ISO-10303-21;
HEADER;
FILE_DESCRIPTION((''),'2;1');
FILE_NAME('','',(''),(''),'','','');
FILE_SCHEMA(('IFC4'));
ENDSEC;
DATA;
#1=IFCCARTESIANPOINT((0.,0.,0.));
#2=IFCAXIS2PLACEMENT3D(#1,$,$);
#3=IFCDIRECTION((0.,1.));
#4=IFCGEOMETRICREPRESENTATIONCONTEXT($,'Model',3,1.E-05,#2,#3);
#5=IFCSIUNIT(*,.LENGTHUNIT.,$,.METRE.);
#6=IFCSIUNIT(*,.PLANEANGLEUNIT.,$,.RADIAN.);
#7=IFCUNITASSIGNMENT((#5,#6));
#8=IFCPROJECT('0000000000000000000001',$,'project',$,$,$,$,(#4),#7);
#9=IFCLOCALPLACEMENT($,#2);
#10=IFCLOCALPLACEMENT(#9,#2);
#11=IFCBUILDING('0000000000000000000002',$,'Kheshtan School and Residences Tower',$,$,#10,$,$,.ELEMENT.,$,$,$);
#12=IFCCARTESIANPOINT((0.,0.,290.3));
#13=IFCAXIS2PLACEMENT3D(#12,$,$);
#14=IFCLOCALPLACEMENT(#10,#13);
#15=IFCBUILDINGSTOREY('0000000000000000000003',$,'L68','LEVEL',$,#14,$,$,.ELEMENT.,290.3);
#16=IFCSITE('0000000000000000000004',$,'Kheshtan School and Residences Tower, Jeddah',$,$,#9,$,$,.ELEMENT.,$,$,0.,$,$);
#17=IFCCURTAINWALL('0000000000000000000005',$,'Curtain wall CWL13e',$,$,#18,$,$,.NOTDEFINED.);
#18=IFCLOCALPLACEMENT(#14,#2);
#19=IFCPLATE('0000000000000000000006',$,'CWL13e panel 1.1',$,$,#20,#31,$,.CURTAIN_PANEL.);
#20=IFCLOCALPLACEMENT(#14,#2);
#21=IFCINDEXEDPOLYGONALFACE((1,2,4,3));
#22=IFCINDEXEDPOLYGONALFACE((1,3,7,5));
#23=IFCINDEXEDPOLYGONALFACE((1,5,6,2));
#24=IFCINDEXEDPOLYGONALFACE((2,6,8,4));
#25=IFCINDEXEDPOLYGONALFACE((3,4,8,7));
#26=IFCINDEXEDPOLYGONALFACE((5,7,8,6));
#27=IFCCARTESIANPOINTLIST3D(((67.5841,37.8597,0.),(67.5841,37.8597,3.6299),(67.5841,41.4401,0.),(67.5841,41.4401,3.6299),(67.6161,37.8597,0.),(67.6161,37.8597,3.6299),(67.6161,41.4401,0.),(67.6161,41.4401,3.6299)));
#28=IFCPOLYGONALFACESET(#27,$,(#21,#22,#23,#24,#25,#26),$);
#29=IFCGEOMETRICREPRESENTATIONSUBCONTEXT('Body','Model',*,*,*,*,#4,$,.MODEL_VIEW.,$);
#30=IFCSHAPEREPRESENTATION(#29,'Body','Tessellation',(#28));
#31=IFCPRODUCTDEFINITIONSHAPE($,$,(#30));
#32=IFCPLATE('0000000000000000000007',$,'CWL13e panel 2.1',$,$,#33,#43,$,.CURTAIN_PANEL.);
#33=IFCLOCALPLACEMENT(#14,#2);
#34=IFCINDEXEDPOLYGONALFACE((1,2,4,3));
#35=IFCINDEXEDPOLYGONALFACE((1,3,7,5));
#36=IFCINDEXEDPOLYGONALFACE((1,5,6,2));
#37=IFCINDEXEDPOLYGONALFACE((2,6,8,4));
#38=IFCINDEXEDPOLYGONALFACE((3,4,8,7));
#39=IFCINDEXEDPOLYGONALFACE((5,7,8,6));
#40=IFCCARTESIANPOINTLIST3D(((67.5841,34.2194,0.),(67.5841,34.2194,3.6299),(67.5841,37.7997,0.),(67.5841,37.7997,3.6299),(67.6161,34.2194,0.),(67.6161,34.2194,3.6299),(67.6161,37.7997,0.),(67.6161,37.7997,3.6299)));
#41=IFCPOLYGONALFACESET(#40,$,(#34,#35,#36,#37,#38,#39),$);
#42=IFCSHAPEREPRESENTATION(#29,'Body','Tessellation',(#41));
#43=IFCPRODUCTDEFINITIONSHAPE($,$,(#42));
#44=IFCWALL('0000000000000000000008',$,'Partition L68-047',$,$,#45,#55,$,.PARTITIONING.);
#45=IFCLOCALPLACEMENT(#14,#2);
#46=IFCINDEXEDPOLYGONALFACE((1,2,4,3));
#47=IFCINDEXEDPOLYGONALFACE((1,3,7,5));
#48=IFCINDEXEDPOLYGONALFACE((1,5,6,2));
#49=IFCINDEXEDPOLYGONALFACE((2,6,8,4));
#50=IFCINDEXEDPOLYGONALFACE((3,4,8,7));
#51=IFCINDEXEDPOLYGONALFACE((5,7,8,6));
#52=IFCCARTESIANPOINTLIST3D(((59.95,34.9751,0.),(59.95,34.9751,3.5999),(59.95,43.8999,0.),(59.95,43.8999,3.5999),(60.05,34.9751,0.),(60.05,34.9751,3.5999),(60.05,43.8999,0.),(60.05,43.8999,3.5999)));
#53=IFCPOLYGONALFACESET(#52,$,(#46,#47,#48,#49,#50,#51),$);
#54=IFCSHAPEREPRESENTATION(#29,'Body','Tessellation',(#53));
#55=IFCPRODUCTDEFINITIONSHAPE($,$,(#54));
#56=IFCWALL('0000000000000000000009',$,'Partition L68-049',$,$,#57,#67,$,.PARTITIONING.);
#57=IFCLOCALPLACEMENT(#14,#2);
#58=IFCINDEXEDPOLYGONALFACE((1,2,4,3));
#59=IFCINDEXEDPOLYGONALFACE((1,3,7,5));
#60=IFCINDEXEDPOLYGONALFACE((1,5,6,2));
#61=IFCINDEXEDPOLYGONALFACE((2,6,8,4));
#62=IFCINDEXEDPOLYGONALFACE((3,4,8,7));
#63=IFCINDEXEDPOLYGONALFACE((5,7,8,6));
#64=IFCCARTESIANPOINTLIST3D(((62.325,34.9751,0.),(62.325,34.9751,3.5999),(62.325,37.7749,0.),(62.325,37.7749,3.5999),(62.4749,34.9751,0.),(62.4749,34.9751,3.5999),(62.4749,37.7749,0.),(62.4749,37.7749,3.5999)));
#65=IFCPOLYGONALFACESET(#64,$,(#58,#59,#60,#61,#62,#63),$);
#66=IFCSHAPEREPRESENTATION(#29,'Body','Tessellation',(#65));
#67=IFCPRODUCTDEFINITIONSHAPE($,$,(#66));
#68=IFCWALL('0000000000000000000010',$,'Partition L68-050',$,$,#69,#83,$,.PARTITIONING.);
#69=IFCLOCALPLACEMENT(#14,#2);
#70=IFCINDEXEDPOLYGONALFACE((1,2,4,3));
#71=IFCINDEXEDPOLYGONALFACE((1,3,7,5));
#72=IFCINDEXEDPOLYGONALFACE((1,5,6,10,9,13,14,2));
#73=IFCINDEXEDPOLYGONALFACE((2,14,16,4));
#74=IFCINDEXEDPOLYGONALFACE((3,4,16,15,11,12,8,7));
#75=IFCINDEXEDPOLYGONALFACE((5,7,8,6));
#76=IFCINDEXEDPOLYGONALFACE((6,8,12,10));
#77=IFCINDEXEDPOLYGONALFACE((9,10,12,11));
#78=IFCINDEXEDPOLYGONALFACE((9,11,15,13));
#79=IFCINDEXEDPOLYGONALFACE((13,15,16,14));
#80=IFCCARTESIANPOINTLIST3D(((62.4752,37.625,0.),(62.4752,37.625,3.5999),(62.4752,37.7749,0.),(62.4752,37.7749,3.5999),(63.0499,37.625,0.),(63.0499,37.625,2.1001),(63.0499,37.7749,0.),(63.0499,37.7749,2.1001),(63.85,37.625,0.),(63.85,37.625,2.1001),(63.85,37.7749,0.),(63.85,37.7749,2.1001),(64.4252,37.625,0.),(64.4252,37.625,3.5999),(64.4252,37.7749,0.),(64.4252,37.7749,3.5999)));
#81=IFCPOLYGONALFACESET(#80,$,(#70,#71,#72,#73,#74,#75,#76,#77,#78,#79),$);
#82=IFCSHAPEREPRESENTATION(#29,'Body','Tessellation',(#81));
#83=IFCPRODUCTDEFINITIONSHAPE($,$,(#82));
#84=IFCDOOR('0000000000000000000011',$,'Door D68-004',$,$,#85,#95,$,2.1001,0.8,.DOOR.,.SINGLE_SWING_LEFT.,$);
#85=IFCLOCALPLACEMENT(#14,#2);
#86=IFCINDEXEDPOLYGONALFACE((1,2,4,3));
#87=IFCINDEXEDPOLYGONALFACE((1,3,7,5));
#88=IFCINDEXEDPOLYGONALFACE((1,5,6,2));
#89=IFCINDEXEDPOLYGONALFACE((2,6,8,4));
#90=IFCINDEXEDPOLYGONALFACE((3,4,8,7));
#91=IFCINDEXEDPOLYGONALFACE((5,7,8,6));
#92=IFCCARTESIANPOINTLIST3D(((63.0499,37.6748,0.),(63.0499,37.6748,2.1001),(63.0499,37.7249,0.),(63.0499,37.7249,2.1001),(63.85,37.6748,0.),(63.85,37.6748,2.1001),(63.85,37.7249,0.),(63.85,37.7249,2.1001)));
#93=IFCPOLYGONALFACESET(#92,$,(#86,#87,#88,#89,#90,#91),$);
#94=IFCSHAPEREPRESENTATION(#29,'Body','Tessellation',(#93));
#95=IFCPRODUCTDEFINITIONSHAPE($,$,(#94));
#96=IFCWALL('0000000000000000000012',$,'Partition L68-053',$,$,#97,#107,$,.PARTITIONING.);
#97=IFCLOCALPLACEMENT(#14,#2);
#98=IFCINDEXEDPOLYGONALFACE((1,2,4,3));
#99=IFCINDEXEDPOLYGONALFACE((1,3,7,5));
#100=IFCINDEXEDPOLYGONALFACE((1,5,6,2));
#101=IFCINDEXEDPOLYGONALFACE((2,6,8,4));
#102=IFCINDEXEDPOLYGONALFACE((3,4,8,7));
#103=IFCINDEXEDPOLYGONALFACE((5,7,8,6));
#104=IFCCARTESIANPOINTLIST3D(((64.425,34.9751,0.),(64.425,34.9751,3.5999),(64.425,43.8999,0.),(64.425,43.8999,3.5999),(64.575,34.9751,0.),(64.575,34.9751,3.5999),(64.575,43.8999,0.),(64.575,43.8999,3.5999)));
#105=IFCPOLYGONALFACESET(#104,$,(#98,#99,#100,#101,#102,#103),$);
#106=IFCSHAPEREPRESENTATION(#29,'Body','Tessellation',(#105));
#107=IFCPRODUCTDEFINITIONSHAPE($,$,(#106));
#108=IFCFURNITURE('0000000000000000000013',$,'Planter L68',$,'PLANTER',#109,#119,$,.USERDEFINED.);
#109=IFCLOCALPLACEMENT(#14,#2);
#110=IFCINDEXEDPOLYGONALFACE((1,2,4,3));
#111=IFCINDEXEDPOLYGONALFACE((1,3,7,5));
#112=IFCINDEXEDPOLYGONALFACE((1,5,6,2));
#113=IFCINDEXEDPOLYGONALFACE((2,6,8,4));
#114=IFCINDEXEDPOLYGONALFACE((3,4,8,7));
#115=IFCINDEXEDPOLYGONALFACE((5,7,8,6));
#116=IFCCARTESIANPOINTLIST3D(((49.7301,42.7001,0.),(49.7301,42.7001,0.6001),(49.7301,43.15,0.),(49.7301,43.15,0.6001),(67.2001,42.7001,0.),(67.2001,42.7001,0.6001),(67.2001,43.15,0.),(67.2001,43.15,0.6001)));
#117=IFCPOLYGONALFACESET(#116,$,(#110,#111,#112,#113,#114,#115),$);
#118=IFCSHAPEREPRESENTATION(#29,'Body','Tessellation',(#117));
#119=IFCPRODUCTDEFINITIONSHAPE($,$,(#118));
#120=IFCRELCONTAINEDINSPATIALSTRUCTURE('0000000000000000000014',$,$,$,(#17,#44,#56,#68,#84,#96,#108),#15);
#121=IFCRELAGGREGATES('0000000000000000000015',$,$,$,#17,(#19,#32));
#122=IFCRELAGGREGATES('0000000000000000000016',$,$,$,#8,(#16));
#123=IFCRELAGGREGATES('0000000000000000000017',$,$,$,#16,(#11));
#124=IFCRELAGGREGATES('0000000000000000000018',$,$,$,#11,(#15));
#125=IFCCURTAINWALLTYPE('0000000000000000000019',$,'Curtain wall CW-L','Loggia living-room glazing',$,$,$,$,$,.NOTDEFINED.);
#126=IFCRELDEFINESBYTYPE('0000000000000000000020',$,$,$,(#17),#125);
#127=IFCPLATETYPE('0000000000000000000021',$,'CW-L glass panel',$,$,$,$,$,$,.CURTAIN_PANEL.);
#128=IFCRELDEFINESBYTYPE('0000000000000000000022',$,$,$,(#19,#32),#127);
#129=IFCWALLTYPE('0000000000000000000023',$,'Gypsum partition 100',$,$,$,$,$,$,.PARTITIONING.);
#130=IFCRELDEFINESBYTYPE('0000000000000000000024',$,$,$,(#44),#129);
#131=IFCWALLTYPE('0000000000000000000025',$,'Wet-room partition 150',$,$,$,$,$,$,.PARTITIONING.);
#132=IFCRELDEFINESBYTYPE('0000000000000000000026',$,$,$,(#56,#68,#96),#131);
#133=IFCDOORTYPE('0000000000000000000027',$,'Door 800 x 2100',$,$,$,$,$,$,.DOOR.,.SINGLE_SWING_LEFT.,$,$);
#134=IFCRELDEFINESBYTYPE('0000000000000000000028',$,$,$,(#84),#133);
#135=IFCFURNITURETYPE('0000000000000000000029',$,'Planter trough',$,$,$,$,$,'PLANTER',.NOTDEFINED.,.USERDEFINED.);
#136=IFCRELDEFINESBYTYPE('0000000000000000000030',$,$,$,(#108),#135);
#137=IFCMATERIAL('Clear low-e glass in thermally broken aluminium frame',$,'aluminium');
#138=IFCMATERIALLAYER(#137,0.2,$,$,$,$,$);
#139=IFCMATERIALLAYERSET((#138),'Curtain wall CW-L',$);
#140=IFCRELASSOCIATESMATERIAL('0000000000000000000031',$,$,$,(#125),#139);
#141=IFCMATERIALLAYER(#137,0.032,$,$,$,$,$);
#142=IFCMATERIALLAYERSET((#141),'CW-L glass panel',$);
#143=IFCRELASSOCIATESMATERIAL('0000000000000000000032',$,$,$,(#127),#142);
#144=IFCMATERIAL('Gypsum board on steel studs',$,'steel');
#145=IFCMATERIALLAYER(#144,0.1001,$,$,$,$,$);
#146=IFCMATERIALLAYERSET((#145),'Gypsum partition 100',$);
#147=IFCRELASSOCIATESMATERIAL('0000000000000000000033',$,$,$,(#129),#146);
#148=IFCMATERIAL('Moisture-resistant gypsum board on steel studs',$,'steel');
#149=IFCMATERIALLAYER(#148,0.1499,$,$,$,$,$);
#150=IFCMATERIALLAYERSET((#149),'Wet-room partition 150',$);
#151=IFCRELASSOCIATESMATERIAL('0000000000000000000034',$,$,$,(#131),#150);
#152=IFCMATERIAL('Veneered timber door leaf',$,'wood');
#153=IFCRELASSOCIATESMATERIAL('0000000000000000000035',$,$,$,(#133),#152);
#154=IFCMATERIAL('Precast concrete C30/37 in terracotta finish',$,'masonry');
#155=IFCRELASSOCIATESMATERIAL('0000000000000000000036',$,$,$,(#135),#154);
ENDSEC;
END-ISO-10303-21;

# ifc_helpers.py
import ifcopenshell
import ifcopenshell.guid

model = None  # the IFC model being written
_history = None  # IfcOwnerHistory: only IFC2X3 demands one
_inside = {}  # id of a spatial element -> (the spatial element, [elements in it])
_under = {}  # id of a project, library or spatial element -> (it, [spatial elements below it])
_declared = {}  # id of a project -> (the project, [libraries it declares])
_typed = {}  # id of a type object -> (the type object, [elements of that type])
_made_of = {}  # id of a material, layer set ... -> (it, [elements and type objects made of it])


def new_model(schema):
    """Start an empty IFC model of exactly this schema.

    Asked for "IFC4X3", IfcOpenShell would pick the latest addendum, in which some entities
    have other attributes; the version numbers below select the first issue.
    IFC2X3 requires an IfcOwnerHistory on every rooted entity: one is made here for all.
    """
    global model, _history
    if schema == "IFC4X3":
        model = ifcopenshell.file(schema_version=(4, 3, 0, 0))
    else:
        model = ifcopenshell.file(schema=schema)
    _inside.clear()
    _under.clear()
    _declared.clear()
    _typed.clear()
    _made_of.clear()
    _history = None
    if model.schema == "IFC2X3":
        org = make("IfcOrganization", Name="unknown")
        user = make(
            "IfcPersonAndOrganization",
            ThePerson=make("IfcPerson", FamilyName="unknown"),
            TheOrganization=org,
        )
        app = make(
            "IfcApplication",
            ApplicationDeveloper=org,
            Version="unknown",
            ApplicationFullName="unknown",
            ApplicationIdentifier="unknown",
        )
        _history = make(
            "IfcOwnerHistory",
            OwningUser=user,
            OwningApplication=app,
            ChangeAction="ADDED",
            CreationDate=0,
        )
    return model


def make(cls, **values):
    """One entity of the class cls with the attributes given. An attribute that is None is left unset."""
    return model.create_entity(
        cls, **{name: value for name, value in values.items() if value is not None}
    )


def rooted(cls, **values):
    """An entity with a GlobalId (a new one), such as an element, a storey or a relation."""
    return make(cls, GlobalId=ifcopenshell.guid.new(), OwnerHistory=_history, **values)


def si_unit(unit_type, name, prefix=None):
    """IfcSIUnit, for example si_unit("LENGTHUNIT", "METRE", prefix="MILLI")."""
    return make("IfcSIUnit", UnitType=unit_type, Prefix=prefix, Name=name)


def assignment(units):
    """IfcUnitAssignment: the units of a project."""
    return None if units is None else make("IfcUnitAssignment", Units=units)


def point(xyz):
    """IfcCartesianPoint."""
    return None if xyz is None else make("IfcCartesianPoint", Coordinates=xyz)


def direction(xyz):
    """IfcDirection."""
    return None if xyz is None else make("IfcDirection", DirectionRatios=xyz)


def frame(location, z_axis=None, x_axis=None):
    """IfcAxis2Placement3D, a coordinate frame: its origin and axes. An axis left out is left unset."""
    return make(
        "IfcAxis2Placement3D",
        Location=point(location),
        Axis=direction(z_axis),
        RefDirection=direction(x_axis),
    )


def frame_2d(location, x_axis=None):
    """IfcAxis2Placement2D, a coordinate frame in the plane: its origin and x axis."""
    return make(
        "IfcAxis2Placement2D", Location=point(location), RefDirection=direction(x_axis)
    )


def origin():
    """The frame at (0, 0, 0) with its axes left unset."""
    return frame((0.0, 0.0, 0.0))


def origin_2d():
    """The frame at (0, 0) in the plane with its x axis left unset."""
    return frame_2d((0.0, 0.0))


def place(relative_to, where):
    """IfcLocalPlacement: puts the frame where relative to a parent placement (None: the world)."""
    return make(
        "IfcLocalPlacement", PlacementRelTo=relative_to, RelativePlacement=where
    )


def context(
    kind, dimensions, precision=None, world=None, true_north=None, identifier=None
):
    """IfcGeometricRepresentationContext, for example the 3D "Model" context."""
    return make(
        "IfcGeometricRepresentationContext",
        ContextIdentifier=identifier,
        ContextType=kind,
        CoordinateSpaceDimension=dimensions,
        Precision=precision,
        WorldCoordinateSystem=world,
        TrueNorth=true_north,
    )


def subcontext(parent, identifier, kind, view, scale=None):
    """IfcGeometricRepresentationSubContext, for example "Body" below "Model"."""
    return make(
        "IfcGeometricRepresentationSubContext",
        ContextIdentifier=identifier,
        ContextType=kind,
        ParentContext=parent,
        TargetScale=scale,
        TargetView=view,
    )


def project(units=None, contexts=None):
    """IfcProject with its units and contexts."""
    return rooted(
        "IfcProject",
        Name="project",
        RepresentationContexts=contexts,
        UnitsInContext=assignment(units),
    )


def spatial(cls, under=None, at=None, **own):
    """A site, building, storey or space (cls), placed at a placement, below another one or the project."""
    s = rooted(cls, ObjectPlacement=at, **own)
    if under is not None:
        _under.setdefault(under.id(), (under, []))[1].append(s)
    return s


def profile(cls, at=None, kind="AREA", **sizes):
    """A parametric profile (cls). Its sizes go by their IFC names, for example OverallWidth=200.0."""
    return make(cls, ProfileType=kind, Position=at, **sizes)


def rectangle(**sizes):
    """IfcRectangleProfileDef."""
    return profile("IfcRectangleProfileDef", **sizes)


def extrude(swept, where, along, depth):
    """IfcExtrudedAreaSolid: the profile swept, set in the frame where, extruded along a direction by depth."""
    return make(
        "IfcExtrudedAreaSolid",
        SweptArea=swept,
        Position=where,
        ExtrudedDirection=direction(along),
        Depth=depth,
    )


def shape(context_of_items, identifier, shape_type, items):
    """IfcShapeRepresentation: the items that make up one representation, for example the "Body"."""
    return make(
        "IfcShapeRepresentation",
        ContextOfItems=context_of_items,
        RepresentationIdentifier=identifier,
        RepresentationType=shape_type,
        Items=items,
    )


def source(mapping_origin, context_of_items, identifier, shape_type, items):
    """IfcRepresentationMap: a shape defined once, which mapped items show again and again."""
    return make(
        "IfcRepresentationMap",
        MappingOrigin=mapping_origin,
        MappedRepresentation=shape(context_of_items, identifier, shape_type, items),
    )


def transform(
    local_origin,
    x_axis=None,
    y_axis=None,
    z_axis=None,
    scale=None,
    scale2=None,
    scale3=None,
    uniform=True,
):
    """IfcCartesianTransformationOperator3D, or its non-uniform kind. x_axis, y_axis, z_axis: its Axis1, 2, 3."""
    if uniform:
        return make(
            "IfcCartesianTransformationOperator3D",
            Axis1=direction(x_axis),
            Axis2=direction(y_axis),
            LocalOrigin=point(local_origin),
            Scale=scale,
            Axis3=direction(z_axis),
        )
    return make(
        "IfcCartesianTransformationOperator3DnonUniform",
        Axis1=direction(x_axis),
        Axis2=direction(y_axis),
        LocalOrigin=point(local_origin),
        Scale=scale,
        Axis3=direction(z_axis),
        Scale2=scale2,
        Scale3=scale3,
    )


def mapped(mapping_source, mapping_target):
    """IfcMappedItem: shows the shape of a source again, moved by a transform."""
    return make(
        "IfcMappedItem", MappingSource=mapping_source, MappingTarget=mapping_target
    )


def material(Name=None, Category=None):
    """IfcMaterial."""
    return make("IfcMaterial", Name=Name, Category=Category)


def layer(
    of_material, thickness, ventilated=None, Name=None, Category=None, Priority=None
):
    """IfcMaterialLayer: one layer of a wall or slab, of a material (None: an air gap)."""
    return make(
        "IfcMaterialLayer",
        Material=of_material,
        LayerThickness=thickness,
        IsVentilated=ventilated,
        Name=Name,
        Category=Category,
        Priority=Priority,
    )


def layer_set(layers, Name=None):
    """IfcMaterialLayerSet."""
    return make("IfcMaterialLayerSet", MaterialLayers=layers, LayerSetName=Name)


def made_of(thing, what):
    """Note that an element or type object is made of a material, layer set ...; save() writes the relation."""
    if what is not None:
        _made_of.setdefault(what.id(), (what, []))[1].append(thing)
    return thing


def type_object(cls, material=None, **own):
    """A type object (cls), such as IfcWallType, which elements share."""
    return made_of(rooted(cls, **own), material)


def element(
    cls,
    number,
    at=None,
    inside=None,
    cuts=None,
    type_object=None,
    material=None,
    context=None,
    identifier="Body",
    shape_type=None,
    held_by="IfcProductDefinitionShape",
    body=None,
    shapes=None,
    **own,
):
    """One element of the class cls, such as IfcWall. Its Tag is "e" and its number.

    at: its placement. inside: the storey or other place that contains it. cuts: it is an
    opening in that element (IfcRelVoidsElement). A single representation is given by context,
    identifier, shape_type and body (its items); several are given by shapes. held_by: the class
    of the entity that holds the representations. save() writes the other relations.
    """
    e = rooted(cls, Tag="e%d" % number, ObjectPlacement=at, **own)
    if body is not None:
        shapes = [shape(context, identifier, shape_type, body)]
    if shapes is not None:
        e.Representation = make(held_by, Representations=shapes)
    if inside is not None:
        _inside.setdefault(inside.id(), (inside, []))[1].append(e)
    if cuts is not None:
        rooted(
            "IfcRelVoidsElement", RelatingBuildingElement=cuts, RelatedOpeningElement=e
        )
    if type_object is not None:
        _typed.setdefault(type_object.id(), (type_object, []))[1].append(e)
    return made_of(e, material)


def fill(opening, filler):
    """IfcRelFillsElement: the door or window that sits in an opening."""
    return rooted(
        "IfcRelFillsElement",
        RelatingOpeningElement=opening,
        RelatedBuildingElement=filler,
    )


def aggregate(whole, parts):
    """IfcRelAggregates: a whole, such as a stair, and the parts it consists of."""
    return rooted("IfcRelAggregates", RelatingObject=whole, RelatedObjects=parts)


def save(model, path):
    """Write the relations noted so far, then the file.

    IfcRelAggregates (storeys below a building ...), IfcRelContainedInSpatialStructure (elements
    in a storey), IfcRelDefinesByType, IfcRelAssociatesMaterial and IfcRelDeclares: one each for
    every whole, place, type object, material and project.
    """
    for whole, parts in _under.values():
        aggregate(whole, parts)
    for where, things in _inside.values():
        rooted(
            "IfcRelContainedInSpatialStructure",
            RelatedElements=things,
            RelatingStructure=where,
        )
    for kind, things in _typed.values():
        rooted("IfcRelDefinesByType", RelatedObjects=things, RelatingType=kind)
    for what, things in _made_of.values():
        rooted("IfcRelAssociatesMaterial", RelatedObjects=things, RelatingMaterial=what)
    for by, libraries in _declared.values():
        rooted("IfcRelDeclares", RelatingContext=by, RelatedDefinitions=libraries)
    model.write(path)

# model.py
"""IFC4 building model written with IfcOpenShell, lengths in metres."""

from ifc_helpers import new_model, si_unit, direction, frame, frame_2d, origin, origin_2d, place, context, subcontext, project, spatial, rectangle, extrude, source, transform, mapped, material, layer, layer_set, type_object, element, fill, aggregate, save


model = new_model("IFC4")

# Units and contexts
model_context = context("Model", 3, precision=1e-05, world=origin(), true_north=direction((0.0, 1.0)))
body_context = subcontext(model_context, "Body", "Model", "MODEL_VIEW")
ifc_project = project(units=[si_unit("LENGTHUNIT", "METRE"), si_unit("PLANEANGLEUNIT", "RADIAN")], contexts=[model_context])

# Site, building, storey
site_placement = place(None, origin())
site = spatial("IfcSite", under=ifc_project, at=site_placement, Name="Kheshtan School and Residences Tower, Jeddah", CompositionType="ELEMENT", RefElevation=0.0)
building_placement = place(site_placement, origin())
building = spatial("IfcBuilding", under=site, at=building_placement, Name="Kheshtan School and Residences Tower", CompositionType="ELEMENT")
storey_placement = place(building_placement, frame((0.0, 0.0, 290.3)))
storey = spatial("IfcBuildingStorey", under=building, at=storey_placement, Name="L68", Description="LEVEL", CompositionType="ELEMENT", Elevation=290.3)

# Curtain wall
ifc_material_1 = material(Name="Clear low-e glass in thermally broken aluminium frame", Category="aluminium")
ifc_layer_1 = layer(ifc_material_1, 0.2)
ifc_layer_set_1 = layer_set([ifc_layer_1], Name="Curtain wall CW-L")
curtain_wall_type = type_object("IfcCurtainWallType", Name="Curtain wall CW-L", Description="Loggia living-room glazing", PredefinedType="NOTDEFINED", material=ifc_layer_set_1)
curtain_wall_1_placement = place(storey_placement, origin())
curtain_wall_1 = element("IfcCurtainWall", 1, at=curtain_wall_1_placement, inside=storey, type_object=curtain_wall_type, Name="Curtain wall CWL13e", PredefinedType="NOTDEFINED")

# Plates
ifc_layer_2 = layer(ifc_material_1, 0.032)
ifc_layer_set_2 = layer_set([ifc_layer_2], Name="CW-L glass panel")
plate_type = type_object("IfcPlateType", Name="CW-L glass panel", PredefinedType="CURTAIN_PANEL", material=ifc_layer_set_2)
plate_1_placement = place(storey_placement, frame((67.6001, 39.6499, 0.0), z_axis=(0.0, 0.0, 1.0), x_axis=(0.0, -1.0, 0.0)))
plate_1 = element("IfcPlate", 2, at=plate_1_placement, type_object=plate_type, Name="CWL13e panel 1.1", PredefinedType="CURTAIN_PANEL", context=body_context, shape_type="SweptSolid", body=[
    extrude(rectangle(XDim=3.5803, YDim=0.032, at=origin_2d()), origin(), (0.0, 0.0, 1.0), 3.6299),
])
plate_2_placement = place(storey_placement, frame((67.6001, 36.0095, 0.0), z_axis=(0.0, 0.0, 1.0), x_axis=(0.0, -1.0, 0.0)))
plate_2 = element("IfcPlate", 3, at=plate_2_placement, type_object=plate_type, Name="CWL13e panel 2.1", PredefinedType="CURTAIN_PANEL", context=body_context, shape_type="SweptSolid", body=[
    extrude(rectangle(XDim=3.5803, YDim=0.032, at=origin_2d()), origin(), (0.0, 0.0, 1.0), 3.6299),
])
aggregate(curtain_wall_1, [plate_1, plate_2])

# Walls
ifc_material_2 = material(Name="Gypsum board on steel studs", Category="steel")
ifc_layer_3 = layer(ifc_material_2, 0.1001)
ifc_layer_set_3 = layer_set([ifc_layer_3], Name="Gypsum partition 100")
wall_type_1 = type_object("IfcWallType", Name="Gypsum partition 100", PredefinedType="PARTITIONING", material=ifc_layer_set_3)
wall_1_placement = place(storey_placement, frame((60.0, 34.9751, 0.0), z_axis=(0.0, 0.0, 1.0), x_axis=(0.0, 1.0, 0.0)))
element("IfcWall", 4, at=wall_1_placement, inside=storey, type_object=wall_type_1, Name="Partition L68-047", PredefinedType="PARTITIONING", context=body_context, shape_type="SweptSolid", body=[
    extrude(rectangle(XDim=8.9248, YDim=0.1001, at=frame_2d((4.4624, 0.0))), origin(), (0.0, 0.0, 1.0), 3.5999),
])
ifc_material_3 = material(Name="Moisture-resistant gypsum board on steel studs", Category="steel")
ifc_layer_4 = layer(ifc_material_3, 0.1499)
ifc_layer_set_4 = layer_set([ifc_layer_4], Name="Wet-room partition 150")
wall_type_2 = type_object("IfcWallType", Name="Wet-room partition 150", PredefinedType="PARTITIONING", material=ifc_layer_set_4)
wall_2_placement = place(storey_placement, frame((62.3999, 34.9751, 0.0), z_axis=(0.0, 0.0, 1.0), x_axis=(0.0, 1.0, 0.0)))
element("IfcWall", 5, at=wall_2_placement, inside=storey, type_object=wall_type_2, Name="Partition L68-049", PredefinedType="PARTITIONING", context=body_context, shape_type="SweptSolid", body=[
    extrude(rectangle(XDim=2.7998, YDim=0.1499, at=frame_2d((1.3999, 0.0))), origin(), (0.0, 0.0, 1.0), 3.5999),
])

# Wall, opening, door
wall_3_placement = place(storey_placement, frame((62.4751, 37.7, 0.0), z_axis=(0.0, 0.0, 1.0), x_axis=(1.0, 0.0, 0.0)))
wall_3 = element("IfcWall", 6, at=wall_3_placement, inside=storey, type_object=wall_type_2, Name="Partition L68-050", PredefinedType="PARTITIONING", context=body_context, shape_type="SweptSolid", body=[
    extrude(rectangle(XDim=1.95, YDim=0.1499, at=frame_2d((0.9751, 0.0))), origin(), (0.0, 0.0, 1.0), 3.5999),
])
opening_1_placement = place(wall_3_placement, frame((0.575, 0.0, 0.0)))
opening_1 = element("IfcOpeningElement", 7, at=opening_1_placement, cuts=wall_3, PredefinedType="OPENING", context=body_context, shape_type="SweptSolid", body=[
    extrude(rectangle(XDim=0.8, YDim=2.1001, at=frame_2d((0.3999, 1.05))), frame((0.0, 0.085, 0.0), z_axis=(0.0, -1.0, 0.0), x_axis=(1.0, 0.0, 0.0)), (0.0, 0.0, 1.0), 0.1699),
])
ifc_material_4 = material(Name="Veneered timber door leaf", Category="wood")
door_type_1 = type_object("IfcDoorType", Name="Door 800 x 2100", OperationType="SINGLE_SWING_LEFT", PredefinedType="DOOR", material=ifc_material_4)
shared_shape_1 = source(origin(), body_context, "Body", "SweptSolid", [
    extrude(rectangle(XDim=0.8, YDim=2.1001, at=frame_2d((0.3999, 1.05))), frame((0.0, 0.0249, 0.0), z_axis=(0.0, -1.0, 0.0), x_axis=(1.0, 0.0, 0.0)), (0.0, 0.0, 1.0), 0.05),
])
door_1_placement = place(opening_1_placement, origin())
door_1 = element("IfcDoor", 8, at=door_1_placement, inside=storey, type_object=door_type_1, Name="Door D68-004", OperationType="SINGLE_SWING_LEFT", OverallHeight=2.1001, OverallWidth=0.8, PredefinedType="DOOR", context=body_context, shape_type="MappedRepresentation", body=[
    mapped(shared_shape_1, transform((0.0, 0.0, 0.0), x_axis=(1.0, 0.0, 0.0), y_axis=(0.0, 1.0, 0.0), z_axis=(0.0, 0.0, 1.0), scale=1.0)),
])
fill(opening_1, door_1)

# Wall
wall_4_placement = place(storey_placement, frame((64.5, 34.9751, 0.0), z_axis=(0.0, 0.0, 1.0), x_axis=(0.0, 1.0, 0.0)))
element("IfcWall", 9, at=wall_4_placement, inside=storey, type_object=wall_type_2, Name="Partition L68-053", PredefinedType="PARTITIONING", context=body_context, shape_type="SweptSolid", body=[
    extrude(rectangle(XDim=8.9248, YDim=0.1499, at=frame_2d((4.4624, 0.0))), origin(), (0.0, 0.0, 1.0), 3.5999),
])

# Furniture
ifc_material_5 = material(Name="Precast concrete C30/37 in terracotta finish", Category="masonry")
furniture_type = type_object("IfcFurnitureType", Name="Planter trough", ElementType="PLANTER", AssemblyPlace="NOTDEFINED", PredefinedType="USERDEFINED", material=ifc_material_5)
furniture_placement = place(storey_placement, frame((58.4651, 42.925, 0.0), z_axis=(0.0, 0.0, 1.0), x_axis=(1.0, 0.0, 0.0)))
element("IfcFurniture", 10, at=furniture_placement, inside=storey, type_object=furniture_type, Name="Planter L68", ObjectType="PLANTER", PredefinedType="USERDEFINED", context=body_context, shape_type="SweptSolid", body=[
    extrude(rectangle(XDim=17.47, YDim=0.45, at=origin_2d()), origin(), (0.0, 0.0, 1.0), 0.6001),
])

save(model, "model.ifc")
